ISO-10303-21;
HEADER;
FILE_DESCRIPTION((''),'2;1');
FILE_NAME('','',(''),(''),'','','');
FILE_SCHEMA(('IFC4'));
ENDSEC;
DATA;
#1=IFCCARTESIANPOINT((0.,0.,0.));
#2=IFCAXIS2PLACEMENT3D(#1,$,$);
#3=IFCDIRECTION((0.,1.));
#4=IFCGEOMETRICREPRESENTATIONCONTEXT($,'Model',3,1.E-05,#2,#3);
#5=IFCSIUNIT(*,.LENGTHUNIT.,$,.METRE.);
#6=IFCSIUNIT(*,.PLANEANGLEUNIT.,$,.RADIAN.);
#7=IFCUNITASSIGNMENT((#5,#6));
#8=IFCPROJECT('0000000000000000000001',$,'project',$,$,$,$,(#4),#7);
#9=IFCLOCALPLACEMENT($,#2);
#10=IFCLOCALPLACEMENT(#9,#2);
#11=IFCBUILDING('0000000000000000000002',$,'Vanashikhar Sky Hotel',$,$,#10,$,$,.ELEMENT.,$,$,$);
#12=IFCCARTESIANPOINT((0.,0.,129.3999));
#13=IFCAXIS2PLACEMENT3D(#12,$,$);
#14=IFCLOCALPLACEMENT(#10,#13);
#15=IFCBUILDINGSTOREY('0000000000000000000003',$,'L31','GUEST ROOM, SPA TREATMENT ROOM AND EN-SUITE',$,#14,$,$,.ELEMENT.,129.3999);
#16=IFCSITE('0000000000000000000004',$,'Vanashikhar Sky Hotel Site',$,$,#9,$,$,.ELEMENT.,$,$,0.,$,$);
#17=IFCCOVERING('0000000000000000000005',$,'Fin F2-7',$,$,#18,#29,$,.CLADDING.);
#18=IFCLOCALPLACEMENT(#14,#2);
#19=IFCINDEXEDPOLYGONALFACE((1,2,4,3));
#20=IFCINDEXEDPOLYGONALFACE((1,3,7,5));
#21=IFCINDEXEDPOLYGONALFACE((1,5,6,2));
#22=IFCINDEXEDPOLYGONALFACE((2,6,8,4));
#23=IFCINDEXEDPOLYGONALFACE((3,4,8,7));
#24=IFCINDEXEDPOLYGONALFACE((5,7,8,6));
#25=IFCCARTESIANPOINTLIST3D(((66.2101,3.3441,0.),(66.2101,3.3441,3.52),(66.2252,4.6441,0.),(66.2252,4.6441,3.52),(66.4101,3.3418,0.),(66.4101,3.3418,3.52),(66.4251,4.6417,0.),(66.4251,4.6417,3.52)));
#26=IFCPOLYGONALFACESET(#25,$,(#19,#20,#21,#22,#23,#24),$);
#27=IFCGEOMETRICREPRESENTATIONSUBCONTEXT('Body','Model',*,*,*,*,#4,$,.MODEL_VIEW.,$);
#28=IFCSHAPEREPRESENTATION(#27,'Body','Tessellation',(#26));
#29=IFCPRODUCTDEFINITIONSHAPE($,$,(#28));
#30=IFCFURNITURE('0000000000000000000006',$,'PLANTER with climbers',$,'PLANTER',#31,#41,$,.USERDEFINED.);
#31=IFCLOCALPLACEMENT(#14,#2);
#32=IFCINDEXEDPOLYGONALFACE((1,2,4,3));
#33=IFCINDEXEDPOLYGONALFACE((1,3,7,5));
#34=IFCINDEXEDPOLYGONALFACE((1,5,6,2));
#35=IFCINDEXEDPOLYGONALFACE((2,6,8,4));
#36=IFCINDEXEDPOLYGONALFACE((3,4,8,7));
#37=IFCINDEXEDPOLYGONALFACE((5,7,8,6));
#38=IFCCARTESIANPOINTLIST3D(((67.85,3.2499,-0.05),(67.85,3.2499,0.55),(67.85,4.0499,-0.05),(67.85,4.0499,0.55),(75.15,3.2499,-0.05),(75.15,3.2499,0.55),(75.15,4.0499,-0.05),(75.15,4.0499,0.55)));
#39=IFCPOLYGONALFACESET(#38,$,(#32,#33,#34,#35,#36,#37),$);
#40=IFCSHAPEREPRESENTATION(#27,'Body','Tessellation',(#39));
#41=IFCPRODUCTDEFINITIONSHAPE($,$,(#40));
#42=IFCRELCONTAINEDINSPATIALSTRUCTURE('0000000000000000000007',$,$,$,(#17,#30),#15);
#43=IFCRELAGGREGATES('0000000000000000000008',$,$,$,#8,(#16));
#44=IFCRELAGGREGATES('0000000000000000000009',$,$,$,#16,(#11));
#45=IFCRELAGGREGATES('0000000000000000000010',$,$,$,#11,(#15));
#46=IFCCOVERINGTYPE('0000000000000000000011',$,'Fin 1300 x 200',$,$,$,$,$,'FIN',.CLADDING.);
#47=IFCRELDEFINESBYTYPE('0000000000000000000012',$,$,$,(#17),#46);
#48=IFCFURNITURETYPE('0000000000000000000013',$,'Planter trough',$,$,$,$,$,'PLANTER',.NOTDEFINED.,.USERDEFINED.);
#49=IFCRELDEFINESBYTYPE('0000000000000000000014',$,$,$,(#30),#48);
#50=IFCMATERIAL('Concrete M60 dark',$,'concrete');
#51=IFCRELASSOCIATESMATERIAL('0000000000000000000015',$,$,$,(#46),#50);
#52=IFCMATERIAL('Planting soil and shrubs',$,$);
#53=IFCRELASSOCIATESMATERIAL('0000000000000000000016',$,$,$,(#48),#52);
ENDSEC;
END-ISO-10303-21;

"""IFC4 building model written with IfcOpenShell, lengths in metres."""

from ifc_helpers import new_model, si_unit, direction, frame, origin, origin_2d, place, context, subcontext, project, spatial, rectangle, extrude, source, transform, mapped, material, material_profile, profile_set, type_object, element, save


model = new_model("IFC4")

# Units and contexts
model_context = context("Model", 3, precision=1e-05, world=origin(), true_north=direction((0.0, 1.0)))
body_context = subcontext(model_context, "Body", "Model", "MODEL_VIEW")
ifc_project = project(units=[si_unit("LENGTHUNIT", "METRE"), si_unit("PLANEANGLEUNIT", "RADIAN")], contexts=[model_context])

# Site, building, storey
site_placement = place(None, origin())
site = spatial("IfcSite", under=ifc_project, at=site_placement, Name="Vanashikhar Sky Hotel Site", CompositionType="ELEMENT", RefElevation=0.0)
building_placement = place(site_placement, origin())
building = spatial("IfcBuilding", under=site, at=building_placement, Name="Vanashikhar Sky Hotel", CompositionType="ELEMENT")
storey_placement = place(building_placement, frame((0.0, 0.0, 129.3999)))
storey = spatial("IfcBuildingStorey", under=building, at=storey_placement, Name="L31", Description="GUEST ROOM, SPA TREATMENT ROOM AND EN-SUITE", CompositionType="ELEMENT", Elevation=129.3999)

# Covering
ifc_material_1 = material(Name="Concrete M60 dark", Category="concrete")
ifc_material_profile_1 = material_profile(ifc_material_1, rectangle(XDim=1.3, YDim=0.2, at=origin_2d()))
ifc_profile_set_1 = profile_set([ifc_material_profile_1], Name="Fin 1300 x 200")
covering_type_1 = type_object("IfcCoveringType", Name="Fin 1300 x 200", ElementType="FIN", PredefinedType="CLADDING", material=ifc_profile_set_1)
shared_shape_1 = source(origin(), body_context, "Body", "SweptSolid", [
    extrude(rectangle(XDim=1.3, YDim=0.2, at=origin_2d()), origin(), (0.0, 0.0, 1.0), 3.52),
])
for number, where, z_axis, x_axis, name in (
    (1, (66.3176, 3.9929, 0.0), (0.0, 0.0, 1.0), (-0.011589, -0.999933, 0.0), "Fin F2-7"),
):
    element("IfcCovering", number, at=place(storey_placement, frame(where, z_axis=z_axis, x_axis=x_axis)), inside=storey, type_object=covering_type_1, Name=name, PredefinedType="CLADDING", context=body_context, shape_type="MappedRepresentation", body=[
        mapped(shared_shape_1, transform((0.0, 0.0, 0.0), scale=1.0)),
    ])

# Furniture
ifc_material_2 = material(Name="Planting soil and shrubs")
furniture_type = type_object("IfcFurnitureType", Name="Planter trough", ElementType="PLANTER", AssemblyPlace="NOTDEFINED", PredefinedType="USERDEFINED", material=ifc_material_2)
shared_shape_2 = source(origin(), body_context, "Body", "SweptSolid", [
    extrude(rectangle(XDim=7.3, YDim=0.8, at=origin_2d()), origin(), (0.0, 0.0, 1.0), 0.6001),
])
furniture_placement = place(storey_placement, frame((71.5, 3.6499, -0.05), z_axis=(0.0, 0.0, 1.0), x_axis=(1.0, 0.0, 0.0)))
element("IfcFurniture", 2, at=furniture_placement, inside=storey, type_object=furniture_type, Name="PLANTER with climbers", ObjectType="PLANTER", PredefinedType="USERDEFINED", context=body_context, shape_type="MappedRepresentation", body=[
    mapped(shared_shape_2, transform((0.0, 0.0, 0.0), scale=1.0)),
])

save(model, "model.ifc")
